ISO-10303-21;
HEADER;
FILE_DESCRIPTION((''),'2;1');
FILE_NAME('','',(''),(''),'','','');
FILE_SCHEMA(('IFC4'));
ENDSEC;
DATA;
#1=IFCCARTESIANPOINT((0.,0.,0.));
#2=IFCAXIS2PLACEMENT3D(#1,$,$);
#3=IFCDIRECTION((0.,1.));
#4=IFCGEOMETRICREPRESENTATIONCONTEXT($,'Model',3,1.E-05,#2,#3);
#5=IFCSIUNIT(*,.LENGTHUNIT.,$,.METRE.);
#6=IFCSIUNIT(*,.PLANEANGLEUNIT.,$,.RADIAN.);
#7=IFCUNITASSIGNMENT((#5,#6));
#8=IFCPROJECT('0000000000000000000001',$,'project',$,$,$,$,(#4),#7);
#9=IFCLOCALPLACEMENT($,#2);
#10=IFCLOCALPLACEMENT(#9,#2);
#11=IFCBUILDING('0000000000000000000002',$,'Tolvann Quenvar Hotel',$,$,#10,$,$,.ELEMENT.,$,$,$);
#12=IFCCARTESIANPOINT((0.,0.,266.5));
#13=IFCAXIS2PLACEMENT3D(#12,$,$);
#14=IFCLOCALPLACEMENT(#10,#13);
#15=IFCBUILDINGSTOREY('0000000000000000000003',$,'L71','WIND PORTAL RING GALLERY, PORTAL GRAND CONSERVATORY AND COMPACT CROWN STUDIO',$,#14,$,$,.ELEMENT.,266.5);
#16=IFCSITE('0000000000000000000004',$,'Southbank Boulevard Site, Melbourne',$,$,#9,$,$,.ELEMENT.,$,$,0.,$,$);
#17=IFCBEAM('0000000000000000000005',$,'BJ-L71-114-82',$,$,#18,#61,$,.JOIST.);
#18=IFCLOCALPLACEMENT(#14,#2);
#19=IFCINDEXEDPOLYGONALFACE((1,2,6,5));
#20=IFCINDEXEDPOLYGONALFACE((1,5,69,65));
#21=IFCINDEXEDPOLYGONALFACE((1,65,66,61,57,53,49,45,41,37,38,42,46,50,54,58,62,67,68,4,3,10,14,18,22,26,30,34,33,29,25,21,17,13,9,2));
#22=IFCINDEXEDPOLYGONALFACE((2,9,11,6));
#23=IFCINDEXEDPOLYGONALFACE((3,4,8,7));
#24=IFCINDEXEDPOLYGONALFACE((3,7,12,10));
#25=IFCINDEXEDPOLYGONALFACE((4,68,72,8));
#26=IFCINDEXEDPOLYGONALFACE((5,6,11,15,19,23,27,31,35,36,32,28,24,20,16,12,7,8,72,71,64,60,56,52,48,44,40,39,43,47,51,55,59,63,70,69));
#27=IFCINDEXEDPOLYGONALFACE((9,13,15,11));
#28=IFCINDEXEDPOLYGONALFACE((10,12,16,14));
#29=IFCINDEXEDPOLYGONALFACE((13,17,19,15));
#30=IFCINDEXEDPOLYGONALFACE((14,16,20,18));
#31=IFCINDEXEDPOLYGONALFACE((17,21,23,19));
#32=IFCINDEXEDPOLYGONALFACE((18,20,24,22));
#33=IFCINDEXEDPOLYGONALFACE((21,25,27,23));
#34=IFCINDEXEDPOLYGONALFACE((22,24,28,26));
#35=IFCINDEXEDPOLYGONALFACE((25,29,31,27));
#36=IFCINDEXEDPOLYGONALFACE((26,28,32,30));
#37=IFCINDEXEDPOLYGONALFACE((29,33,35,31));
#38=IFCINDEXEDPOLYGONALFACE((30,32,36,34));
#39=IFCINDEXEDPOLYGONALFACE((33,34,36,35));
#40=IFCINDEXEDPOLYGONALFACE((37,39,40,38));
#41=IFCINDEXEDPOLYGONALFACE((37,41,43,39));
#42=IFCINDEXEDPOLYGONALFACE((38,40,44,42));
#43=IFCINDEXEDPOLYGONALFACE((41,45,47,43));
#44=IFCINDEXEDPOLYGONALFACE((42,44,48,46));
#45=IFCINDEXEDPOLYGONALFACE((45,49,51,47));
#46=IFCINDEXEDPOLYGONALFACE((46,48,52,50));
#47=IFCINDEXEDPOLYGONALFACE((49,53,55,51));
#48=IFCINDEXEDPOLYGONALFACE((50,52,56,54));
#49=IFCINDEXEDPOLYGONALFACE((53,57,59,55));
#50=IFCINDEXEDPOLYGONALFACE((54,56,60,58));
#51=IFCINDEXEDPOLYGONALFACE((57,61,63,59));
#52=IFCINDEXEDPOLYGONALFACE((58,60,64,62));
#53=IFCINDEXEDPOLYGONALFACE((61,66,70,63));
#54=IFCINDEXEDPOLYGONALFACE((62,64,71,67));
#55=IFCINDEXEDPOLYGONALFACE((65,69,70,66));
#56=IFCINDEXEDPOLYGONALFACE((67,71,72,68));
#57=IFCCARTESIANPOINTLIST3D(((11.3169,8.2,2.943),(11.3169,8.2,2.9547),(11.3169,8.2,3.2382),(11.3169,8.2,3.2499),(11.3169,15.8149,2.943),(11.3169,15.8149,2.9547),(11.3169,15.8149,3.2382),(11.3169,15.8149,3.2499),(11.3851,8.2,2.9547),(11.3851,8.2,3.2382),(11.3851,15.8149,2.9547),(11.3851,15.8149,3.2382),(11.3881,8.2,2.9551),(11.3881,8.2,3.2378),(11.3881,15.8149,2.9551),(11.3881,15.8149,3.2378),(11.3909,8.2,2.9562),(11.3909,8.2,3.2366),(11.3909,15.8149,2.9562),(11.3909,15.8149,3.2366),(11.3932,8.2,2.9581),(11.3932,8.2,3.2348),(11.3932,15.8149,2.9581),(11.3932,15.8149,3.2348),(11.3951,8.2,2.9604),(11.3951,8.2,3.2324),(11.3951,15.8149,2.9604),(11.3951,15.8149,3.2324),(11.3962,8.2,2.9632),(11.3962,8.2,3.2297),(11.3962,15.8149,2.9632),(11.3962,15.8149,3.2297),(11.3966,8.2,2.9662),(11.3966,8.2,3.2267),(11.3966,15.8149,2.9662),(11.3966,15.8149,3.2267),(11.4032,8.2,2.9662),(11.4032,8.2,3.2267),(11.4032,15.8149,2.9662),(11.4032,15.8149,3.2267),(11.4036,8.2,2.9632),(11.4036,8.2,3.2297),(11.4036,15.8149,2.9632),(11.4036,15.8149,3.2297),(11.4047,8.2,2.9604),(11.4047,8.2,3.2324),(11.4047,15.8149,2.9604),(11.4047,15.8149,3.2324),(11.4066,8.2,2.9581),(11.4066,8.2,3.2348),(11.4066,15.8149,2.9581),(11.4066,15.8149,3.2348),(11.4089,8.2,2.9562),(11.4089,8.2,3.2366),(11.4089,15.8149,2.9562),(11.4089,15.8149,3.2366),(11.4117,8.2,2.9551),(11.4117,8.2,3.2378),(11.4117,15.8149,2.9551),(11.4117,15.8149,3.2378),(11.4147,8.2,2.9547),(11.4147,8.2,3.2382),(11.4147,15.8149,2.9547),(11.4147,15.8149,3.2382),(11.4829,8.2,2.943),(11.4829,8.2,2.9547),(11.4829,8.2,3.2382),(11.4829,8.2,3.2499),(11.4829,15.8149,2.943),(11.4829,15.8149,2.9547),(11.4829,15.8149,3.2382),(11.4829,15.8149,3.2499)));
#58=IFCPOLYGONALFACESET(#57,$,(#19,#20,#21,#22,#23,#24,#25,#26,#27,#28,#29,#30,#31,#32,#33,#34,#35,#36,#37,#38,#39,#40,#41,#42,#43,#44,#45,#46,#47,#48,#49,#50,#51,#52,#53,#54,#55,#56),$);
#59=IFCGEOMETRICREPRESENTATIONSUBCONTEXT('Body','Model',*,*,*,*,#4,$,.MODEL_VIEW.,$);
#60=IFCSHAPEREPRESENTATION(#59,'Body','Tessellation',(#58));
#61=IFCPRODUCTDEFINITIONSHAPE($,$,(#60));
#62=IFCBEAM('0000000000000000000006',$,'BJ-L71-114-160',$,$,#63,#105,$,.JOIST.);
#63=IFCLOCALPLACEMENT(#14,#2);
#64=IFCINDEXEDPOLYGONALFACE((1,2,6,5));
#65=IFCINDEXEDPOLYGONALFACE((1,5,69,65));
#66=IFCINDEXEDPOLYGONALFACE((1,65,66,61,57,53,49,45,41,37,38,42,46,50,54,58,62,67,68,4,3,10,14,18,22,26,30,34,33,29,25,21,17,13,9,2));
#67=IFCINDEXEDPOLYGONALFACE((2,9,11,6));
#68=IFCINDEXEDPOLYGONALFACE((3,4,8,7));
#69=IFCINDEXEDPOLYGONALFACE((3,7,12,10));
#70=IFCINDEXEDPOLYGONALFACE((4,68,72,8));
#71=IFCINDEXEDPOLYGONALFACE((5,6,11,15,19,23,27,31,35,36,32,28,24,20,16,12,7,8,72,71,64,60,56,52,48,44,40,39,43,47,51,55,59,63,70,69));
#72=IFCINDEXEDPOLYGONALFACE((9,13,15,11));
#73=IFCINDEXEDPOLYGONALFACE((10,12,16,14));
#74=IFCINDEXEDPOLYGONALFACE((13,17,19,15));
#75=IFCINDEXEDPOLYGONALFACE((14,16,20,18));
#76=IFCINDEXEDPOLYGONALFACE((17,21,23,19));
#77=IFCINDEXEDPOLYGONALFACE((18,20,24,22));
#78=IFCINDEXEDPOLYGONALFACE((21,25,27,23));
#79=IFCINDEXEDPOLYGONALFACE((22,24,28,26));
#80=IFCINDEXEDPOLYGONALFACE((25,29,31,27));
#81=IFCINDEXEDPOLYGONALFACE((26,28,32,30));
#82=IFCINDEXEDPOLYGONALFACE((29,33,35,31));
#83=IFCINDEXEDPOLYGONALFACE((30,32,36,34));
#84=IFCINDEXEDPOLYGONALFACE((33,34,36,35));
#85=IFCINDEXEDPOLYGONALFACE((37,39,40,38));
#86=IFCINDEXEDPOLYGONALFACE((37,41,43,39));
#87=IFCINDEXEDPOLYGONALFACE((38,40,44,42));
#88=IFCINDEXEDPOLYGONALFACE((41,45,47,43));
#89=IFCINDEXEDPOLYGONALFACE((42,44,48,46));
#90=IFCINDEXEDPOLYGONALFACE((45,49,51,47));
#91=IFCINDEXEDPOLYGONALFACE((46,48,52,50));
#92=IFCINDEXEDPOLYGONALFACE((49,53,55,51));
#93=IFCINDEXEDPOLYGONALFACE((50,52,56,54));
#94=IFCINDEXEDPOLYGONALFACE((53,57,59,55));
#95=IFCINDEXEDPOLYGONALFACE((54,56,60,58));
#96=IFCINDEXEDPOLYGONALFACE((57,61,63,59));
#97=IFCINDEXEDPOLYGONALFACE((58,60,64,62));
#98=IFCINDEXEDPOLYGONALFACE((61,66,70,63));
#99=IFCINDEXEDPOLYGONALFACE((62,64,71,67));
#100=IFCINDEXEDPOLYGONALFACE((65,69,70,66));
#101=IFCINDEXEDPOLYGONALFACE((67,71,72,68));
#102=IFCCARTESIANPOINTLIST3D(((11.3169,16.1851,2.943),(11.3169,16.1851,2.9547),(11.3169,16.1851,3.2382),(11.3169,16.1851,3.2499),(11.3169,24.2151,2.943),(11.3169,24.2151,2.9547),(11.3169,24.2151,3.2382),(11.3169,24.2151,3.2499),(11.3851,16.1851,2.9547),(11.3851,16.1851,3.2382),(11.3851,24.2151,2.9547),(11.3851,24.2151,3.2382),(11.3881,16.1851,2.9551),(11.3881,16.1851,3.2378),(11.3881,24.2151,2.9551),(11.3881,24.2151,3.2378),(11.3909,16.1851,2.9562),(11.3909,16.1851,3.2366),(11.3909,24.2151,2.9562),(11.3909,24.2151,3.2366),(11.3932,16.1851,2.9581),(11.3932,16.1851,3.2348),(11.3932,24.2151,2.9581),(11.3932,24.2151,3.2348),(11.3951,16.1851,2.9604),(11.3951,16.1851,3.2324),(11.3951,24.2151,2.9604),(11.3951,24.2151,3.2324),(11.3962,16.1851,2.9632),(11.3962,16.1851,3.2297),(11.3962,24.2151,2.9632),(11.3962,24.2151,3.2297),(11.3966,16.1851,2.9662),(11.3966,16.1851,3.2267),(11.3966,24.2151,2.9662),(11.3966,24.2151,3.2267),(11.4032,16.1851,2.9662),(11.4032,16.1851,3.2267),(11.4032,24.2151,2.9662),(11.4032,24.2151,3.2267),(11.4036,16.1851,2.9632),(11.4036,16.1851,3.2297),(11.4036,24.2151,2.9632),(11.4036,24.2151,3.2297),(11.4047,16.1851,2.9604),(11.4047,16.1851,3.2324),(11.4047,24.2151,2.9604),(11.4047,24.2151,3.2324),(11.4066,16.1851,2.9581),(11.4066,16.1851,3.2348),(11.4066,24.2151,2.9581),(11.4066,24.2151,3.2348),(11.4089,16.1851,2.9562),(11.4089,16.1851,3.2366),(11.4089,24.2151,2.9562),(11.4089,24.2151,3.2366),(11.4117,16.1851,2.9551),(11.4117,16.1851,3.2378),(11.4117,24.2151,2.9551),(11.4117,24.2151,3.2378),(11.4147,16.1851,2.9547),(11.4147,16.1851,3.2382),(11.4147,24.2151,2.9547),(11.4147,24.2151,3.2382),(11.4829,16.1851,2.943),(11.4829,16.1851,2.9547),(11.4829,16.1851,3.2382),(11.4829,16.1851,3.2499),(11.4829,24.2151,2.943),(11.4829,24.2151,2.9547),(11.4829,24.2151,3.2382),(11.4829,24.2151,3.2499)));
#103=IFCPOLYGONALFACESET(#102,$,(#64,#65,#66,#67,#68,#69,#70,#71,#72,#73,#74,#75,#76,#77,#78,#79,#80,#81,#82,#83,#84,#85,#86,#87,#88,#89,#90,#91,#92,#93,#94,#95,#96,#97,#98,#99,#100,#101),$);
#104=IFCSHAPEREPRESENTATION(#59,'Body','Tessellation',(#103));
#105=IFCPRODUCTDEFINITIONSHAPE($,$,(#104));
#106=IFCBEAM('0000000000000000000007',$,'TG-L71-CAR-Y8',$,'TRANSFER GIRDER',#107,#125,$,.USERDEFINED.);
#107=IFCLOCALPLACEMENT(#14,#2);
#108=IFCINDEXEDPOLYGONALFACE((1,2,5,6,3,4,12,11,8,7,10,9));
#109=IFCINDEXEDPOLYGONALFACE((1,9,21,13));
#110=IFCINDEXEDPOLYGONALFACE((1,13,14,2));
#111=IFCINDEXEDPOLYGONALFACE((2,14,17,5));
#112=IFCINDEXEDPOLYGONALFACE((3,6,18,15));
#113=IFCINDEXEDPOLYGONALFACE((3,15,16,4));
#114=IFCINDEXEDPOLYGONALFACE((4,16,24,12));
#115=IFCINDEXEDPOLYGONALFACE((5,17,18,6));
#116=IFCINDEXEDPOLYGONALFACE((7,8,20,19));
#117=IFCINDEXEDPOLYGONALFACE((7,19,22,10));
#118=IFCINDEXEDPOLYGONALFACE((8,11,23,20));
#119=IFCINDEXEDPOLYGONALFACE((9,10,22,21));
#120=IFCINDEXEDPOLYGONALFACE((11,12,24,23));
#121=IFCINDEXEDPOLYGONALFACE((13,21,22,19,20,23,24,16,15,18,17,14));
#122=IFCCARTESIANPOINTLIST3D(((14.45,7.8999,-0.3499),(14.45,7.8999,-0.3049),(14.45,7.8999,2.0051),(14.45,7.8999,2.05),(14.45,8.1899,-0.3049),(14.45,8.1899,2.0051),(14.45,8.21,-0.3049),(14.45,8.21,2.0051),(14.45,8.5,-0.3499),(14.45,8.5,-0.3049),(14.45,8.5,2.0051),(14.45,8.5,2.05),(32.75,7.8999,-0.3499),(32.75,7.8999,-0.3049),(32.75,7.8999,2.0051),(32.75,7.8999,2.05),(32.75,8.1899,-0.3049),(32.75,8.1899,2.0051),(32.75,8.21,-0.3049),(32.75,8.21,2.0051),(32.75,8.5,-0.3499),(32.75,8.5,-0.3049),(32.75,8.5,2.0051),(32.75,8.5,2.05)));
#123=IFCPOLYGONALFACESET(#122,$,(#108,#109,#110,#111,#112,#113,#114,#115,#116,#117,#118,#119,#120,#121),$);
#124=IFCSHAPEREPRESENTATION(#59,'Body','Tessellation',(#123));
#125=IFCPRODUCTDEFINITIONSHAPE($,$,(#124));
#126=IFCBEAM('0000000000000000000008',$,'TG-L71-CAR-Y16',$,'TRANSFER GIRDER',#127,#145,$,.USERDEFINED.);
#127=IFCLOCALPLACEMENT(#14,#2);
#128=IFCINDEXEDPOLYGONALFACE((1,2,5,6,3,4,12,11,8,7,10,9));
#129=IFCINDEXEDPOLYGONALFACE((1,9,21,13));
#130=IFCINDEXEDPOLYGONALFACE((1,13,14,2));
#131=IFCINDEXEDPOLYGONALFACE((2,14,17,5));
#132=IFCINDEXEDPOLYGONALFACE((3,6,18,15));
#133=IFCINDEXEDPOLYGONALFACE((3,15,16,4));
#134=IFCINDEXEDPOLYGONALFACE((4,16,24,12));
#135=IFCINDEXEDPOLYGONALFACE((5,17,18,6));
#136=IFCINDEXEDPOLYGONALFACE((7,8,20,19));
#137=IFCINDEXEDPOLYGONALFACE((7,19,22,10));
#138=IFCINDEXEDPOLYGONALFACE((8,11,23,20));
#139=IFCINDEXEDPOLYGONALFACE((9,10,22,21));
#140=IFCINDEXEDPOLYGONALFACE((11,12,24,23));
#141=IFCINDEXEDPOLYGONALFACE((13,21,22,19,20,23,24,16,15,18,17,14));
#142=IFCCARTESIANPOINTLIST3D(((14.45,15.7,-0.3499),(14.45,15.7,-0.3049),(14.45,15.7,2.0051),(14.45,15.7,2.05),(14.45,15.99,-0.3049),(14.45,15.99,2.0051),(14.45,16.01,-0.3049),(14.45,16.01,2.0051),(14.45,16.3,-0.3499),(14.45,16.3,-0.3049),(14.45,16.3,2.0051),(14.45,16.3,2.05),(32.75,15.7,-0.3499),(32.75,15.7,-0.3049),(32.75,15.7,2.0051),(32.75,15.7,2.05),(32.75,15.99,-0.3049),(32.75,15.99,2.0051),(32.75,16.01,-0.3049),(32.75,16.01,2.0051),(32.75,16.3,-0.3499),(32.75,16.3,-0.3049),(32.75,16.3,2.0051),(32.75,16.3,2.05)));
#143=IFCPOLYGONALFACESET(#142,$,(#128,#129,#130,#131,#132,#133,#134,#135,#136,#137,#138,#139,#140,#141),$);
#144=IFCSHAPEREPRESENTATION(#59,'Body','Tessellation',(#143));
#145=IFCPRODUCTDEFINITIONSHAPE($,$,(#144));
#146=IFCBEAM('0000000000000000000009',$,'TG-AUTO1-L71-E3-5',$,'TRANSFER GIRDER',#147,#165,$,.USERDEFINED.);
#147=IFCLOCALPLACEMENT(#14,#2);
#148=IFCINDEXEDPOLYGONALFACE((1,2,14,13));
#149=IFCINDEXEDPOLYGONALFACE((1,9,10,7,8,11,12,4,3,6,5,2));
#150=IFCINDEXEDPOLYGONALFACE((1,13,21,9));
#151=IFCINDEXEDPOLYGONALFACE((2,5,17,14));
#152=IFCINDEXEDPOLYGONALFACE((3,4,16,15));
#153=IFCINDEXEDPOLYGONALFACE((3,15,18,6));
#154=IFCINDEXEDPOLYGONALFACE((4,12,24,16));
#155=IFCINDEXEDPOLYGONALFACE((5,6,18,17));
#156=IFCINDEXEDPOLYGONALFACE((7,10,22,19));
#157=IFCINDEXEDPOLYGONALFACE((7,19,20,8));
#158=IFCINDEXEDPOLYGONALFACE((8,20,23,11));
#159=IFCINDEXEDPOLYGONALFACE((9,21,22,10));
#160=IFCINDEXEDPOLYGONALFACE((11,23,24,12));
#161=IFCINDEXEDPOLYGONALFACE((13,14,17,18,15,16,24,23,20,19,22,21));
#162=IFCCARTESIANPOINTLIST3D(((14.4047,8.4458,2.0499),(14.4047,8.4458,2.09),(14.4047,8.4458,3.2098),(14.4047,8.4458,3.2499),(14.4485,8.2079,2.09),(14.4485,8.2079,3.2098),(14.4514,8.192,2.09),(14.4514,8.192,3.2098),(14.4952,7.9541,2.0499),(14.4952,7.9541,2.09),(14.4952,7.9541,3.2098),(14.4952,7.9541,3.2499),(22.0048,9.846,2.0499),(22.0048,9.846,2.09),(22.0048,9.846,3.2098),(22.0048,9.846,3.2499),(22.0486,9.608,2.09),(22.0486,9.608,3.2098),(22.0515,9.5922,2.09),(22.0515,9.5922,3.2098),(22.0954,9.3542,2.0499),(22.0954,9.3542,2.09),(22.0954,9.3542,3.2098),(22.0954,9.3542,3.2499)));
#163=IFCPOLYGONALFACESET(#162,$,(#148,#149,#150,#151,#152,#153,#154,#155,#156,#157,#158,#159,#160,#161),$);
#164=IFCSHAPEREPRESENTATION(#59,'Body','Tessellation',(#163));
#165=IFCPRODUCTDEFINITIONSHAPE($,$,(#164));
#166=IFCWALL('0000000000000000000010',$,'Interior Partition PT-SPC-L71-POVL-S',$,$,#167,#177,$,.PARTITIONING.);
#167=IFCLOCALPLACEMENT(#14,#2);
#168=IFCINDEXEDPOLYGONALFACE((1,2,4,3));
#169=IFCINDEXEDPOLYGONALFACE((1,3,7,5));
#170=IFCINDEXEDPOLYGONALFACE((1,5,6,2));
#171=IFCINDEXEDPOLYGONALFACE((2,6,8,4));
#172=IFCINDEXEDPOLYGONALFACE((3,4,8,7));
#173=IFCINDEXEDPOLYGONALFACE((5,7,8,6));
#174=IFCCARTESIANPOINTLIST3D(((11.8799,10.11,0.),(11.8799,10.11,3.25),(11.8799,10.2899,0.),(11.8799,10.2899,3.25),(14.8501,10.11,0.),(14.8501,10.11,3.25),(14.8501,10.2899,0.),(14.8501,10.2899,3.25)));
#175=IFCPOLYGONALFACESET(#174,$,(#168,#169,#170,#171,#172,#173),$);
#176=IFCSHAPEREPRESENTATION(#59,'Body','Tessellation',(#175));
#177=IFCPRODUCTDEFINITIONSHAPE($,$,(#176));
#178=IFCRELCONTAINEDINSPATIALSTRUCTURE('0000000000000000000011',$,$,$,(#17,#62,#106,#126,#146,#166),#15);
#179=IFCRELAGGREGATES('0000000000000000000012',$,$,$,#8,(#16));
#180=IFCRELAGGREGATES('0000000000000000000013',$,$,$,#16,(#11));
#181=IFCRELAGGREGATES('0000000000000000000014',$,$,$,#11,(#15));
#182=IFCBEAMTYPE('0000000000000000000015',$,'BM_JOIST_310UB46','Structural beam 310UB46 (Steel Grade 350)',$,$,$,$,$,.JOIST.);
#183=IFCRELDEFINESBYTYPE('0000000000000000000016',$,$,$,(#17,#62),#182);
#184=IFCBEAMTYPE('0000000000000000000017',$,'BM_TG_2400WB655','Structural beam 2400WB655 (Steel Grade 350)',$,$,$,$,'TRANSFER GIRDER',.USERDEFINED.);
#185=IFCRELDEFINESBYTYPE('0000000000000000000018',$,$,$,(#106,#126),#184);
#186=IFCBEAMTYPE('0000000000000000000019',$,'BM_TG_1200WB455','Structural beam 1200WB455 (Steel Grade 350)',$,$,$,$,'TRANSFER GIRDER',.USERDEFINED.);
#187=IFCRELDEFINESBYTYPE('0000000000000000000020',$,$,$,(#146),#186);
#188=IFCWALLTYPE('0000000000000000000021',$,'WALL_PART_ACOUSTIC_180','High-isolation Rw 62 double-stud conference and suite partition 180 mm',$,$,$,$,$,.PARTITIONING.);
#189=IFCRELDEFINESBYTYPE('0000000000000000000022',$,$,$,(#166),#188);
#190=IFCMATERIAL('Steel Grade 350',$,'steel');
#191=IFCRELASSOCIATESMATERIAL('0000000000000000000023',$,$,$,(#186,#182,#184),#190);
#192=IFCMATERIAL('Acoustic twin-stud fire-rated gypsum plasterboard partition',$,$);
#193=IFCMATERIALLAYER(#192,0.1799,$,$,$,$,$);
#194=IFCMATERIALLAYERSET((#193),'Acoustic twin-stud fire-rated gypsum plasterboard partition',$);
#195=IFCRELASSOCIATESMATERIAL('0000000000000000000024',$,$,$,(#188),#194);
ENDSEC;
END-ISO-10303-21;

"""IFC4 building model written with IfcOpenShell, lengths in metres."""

from ifc_helpers import new_model, si_unit, direction, frame, frame_2d, origin, origin_2d, place, context, subcontext, project, spatial, rectangle, i_section, extrude, source, transform, mapped, material, layer, layer_set, material_profile, profile_set, type_object, type_shapes, element, save


model = new_model("IFC4")

# Units and contexts
model_context = context("Model", 3, precision=1e-05, world=origin(), true_north=direction((0.0, 1.0)))
body_context = subcontext(model_context, "Body", "Model", "MODEL_VIEW")
ifc_project = project(units=[si_unit("LENGTHUNIT", "METRE"), si_unit("PLANEANGLEUNIT", "RADIAN")], contexts=[model_context])

# Site, building, storey
site_placement = place(None, origin())
site = spatial("IfcSite", under=ifc_project, at=site_placement, Name="Southbank Boulevard Site, Melbourne", CompositionType="ELEMENT", RefElevation=0.0)
building_placement = place(site_placement, origin())
building = spatial("IfcBuilding", under=site, at=building_placement, Name="Tolvann Quenvar Hotel", CompositionType="ELEMENT")
storey_placement = place(building_placement, frame((0.0, 0.0, 266.5)))
storey = spatial("IfcBuildingStorey", under=building, at=storey_placement, Name="L71", Description="WIND PORTAL RING GALLERY, PORTAL GRAND CONSERVATORY AND COMPACT CROWN STUDIO", CompositionType="ELEMENT", Elevation=266.5)

# Shared definitions
ifc_material_1 = material(Name="Steel Grade 350", Category="steel")

# Beams
ifc_material_profile_1 = material_profile(ifc_material_1, i_section(OverallWidth=0.5, OverallDepth=1.2, WebThickness=0.0161, FlangeThickness=0.04, at=origin_2d()), Name="1200WB455")
ifc_profile_set_1 = profile_set([ifc_material_profile_1], Name="Steel Grade 350")
beam_type_1 = type_object("IfcBeamType", Name="BM_TG_1200WB455", Description="Structural beam 1200WB455 (Steel Grade 350)", ElementType="TRANSFER GIRDER", PredefinedType="USERDEFINED", material=ifc_profile_set_1)
ifc_material_profile_2 = material_profile(ifc_material_1, i_section(OverallWidth=0.166, OverallDepth=0.3069, WebThickness=0.0066, FlangeThickness=0.0117, FilletRadius=0.0115, at=origin_2d()), Name="310UB46")
ifc_profile_set_2 = profile_set([ifc_material_profile_2], Name="Steel Grade 350")
beam_type_2 = type_object("IfcBeamType", Name="BM_JOIST_310UB46", Description="Structural beam 310UB46 (Steel Grade 350)", PredefinedType="JOIST", material=ifc_profile_set_2)
shared_shape_1 = source(origin(), body_context, "Body", "SweptSolid", [
    extrude(i_section(OverallWidth=0.166, OverallDepth=0.3069, WebThickness=0.0066, FlangeThickness=0.0117, FilletRadius=0.0115, at=origin_2d()), origin(), (0.0, 0.0, 1.0), 7.615),
])
beam_1_placement = place(storey_placement, frame((11.3999, 8.2, 3.0964), z_axis=(0.0, 1.0, 0.0), x_axis=(-1.0, 0.0, 0.0)))
element("IfcBeam", 1, at=beam_1_placement, inside=storey, type_object=beam_type_2, Name="BJ-L71-114-82", PredefinedType="JOIST", context=body_context, shape_type="MappedRepresentation", body=[
    mapped(shared_shape_1, transform((0.0, 0.0, 0.0), x_axis=(1.0, 0.0, 0.0), y_axis=(0.0, 1.0, 0.0), z_axis=(0.0, 0.0, 1.0), scale=1.0)),
])
shared_shape_2 = source(origin(), body_context, "Body", "SweptSolid", [
    extrude(i_section(OverallWidth=0.166, OverallDepth=0.3069, WebThickness=0.0066, FlangeThickness=0.0117, FilletRadius=0.0115, at=origin_2d()), origin(), (0.0, 0.0, 1.0), 8.03),
])
type_shapes(beam_type_2, [shared_shape_1, shared_shape_2])
beam_2_placement = place(storey_placement, frame((11.3999, 16.1851, 3.0964), z_axis=(0.0, 1.0, 0.0), x_axis=(-1.0, 0.0, 0.0)))
element("IfcBeam", 2, at=beam_2_placement, inside=storey, type_object=beam_type_2, Name="BJ-L71-114-160", PredefinedType="JOIST", context=body_context, shape_type="MappedRepresentation", body=[
    mapped(shared_shape_2, transform((0.0, 0.0, 0.0), x_axis=(1.0, 0.0, 0.0), y_axis=(0.0, 1.0, 0.0), z_axis=(0.0, 0.0, 1.0), scale=1.0)),
])
ifc_material_profile_3 = material_profile(ifc_material_1, i_section(OverallWidth=0.6001, OverallDepth=2.3999, WebThickness=0.02, FlangeThickness=0.0449, at=origin_2d()), Name="2400WB655")
ifc_profile_set_3 = profile_set([ifc_material_profile_3], Name="Steel Grade 350")
beam_type_3 = type_object("IfcBeamType", Name="BM_TG_2400WB655", Description="Structural beam 2400WB655 (Steel Grade 350)", ElementType="TRANSFER GIRDER", PredefinedType="USERDEFINED", material=ifc_profile_set_3)
shared_shape_3 = source(origin(), body_context, "Body", "SweptSolid", [
    extrude(i_section(OverallWidth=0.6001, OverallDepth=2.3999, WebThickness=0.02, FlangeThickness=0.0449, at=origin_2d()), origin(), (0.0, 0.0, 1.0), 18.3),
])
type_shapes(beam_type_3, [shared_shape_3])
for number, where, z_axis, x_axis, name in (
    (3, (14.45, 8.2, 0.8501), (1.0, 0.0, 0.0), (0.0, 1.0, 0.0), "TG-L71-CAR-Y8"),
    (4, (14.45, 16.0, 0.8501), (1.0, 0.0, 0.0), (0.0, 1.0, 0.0), "TG-L71-CAR-Y16"),
):
    element("IfcBeam", number, at=place(storey_placement, frame(where, z_axis=z_axis, x_axis=x_axis)), inside=storey, type_object=beam_type_3, Name=name, ObjectType="TRANSFER GIRDER", PredefinedType="USERDEFINED", context=body_context, shape_type="MappedRepresentation", body=[
        mapped(shared_shape_3, transform((0.0, 0.0, 0.0), x_axis=(1.0, 0.0, 0.0), y_axis=(0.0, 1.0, 0.0), z_axis=(0.0, 0.0, 1.0), scale=1.0)),
    ])
shared_shape_4 = source(origin(), body_context, "Body", "SweptSolid", [
    extrude(i_section(OverallWidth=0.5, OverallDepth=1.2, WebThickness=0.0161, FlangeThickness=0.04, at=origin_2d()), origin(), (0.0, 0.0, 1.0), 7.728),
])
beam_3_placement = place(storey_placement, frame((14.45, 8.2, 2.6499), z_axis=(0.98345, 0.181179, 0.0), x_axis=(-0.181179, 0.98345, 0.0)))
element("IfcBeam", 5, at=beam_3_placement, inside=storey, type_object=beam_type_1, Name="TG-AUTO1-L71-E3-5", ObjectType="TRANSFER GIRDER", PredefinedType="USERDEFINED", context=body_context, shape_type="MappedRepresentation", body=[
    mapped(shared_shape_4, transform((0.0, 0.0, 0.0), x_axis=(1.0, 0.0, 0.0), y_axis=(0.0, 1.0, 0.0), z_axis=(0.0, 0.0, 1.0), scale=1.0)),
])

# Wall
ifc_material_2 = material(Name="Acoustic twin-stud fire-rated gypsum plasterboard partition")
ifc_layer_1 = layer(ifc_material_2, 0.1799)
ifc_layer_set_1 = layer_set([ifc_layer_1], Name="Acoustic twin-stud fire-rated gypsum plasterboard partition")
wall_type_1 = type_object("IfcWallType", Name="WALL_PART_ACOUSTIC_180", Description="High-isolation Rw 62 double-stud conference and suite partition 180 mm", PredefinedType="PARTITIONING", material=ifc_layer_set_1)
for number, where, z_axis, x_axis, name in (
    (6, (11.8799, 10.2, 0.0), (0.0, 0.0, 1.0), (1.0, 0.0, 0.0), "Interior Partition PT-SPC-L71-POVL-S"),
):
    element("IfcWall", number, at=place(storey_placement, frame(where, z_axis=z_axis, x_axis=x_axis)), inside=storey, type_object=wall_type_1, Name=name, PredefinedType="PARTITIONING", context=body_context, shape_type="SweptSolid", body=[
        extrude(rectangle(XDim=2.9702, YDim=0.1799, at=frame_2d((1.4851, 0.0))), origin(), (0.0, 0.0, 1.0), 3.25),
    ])

save(model, "model.ifc")
